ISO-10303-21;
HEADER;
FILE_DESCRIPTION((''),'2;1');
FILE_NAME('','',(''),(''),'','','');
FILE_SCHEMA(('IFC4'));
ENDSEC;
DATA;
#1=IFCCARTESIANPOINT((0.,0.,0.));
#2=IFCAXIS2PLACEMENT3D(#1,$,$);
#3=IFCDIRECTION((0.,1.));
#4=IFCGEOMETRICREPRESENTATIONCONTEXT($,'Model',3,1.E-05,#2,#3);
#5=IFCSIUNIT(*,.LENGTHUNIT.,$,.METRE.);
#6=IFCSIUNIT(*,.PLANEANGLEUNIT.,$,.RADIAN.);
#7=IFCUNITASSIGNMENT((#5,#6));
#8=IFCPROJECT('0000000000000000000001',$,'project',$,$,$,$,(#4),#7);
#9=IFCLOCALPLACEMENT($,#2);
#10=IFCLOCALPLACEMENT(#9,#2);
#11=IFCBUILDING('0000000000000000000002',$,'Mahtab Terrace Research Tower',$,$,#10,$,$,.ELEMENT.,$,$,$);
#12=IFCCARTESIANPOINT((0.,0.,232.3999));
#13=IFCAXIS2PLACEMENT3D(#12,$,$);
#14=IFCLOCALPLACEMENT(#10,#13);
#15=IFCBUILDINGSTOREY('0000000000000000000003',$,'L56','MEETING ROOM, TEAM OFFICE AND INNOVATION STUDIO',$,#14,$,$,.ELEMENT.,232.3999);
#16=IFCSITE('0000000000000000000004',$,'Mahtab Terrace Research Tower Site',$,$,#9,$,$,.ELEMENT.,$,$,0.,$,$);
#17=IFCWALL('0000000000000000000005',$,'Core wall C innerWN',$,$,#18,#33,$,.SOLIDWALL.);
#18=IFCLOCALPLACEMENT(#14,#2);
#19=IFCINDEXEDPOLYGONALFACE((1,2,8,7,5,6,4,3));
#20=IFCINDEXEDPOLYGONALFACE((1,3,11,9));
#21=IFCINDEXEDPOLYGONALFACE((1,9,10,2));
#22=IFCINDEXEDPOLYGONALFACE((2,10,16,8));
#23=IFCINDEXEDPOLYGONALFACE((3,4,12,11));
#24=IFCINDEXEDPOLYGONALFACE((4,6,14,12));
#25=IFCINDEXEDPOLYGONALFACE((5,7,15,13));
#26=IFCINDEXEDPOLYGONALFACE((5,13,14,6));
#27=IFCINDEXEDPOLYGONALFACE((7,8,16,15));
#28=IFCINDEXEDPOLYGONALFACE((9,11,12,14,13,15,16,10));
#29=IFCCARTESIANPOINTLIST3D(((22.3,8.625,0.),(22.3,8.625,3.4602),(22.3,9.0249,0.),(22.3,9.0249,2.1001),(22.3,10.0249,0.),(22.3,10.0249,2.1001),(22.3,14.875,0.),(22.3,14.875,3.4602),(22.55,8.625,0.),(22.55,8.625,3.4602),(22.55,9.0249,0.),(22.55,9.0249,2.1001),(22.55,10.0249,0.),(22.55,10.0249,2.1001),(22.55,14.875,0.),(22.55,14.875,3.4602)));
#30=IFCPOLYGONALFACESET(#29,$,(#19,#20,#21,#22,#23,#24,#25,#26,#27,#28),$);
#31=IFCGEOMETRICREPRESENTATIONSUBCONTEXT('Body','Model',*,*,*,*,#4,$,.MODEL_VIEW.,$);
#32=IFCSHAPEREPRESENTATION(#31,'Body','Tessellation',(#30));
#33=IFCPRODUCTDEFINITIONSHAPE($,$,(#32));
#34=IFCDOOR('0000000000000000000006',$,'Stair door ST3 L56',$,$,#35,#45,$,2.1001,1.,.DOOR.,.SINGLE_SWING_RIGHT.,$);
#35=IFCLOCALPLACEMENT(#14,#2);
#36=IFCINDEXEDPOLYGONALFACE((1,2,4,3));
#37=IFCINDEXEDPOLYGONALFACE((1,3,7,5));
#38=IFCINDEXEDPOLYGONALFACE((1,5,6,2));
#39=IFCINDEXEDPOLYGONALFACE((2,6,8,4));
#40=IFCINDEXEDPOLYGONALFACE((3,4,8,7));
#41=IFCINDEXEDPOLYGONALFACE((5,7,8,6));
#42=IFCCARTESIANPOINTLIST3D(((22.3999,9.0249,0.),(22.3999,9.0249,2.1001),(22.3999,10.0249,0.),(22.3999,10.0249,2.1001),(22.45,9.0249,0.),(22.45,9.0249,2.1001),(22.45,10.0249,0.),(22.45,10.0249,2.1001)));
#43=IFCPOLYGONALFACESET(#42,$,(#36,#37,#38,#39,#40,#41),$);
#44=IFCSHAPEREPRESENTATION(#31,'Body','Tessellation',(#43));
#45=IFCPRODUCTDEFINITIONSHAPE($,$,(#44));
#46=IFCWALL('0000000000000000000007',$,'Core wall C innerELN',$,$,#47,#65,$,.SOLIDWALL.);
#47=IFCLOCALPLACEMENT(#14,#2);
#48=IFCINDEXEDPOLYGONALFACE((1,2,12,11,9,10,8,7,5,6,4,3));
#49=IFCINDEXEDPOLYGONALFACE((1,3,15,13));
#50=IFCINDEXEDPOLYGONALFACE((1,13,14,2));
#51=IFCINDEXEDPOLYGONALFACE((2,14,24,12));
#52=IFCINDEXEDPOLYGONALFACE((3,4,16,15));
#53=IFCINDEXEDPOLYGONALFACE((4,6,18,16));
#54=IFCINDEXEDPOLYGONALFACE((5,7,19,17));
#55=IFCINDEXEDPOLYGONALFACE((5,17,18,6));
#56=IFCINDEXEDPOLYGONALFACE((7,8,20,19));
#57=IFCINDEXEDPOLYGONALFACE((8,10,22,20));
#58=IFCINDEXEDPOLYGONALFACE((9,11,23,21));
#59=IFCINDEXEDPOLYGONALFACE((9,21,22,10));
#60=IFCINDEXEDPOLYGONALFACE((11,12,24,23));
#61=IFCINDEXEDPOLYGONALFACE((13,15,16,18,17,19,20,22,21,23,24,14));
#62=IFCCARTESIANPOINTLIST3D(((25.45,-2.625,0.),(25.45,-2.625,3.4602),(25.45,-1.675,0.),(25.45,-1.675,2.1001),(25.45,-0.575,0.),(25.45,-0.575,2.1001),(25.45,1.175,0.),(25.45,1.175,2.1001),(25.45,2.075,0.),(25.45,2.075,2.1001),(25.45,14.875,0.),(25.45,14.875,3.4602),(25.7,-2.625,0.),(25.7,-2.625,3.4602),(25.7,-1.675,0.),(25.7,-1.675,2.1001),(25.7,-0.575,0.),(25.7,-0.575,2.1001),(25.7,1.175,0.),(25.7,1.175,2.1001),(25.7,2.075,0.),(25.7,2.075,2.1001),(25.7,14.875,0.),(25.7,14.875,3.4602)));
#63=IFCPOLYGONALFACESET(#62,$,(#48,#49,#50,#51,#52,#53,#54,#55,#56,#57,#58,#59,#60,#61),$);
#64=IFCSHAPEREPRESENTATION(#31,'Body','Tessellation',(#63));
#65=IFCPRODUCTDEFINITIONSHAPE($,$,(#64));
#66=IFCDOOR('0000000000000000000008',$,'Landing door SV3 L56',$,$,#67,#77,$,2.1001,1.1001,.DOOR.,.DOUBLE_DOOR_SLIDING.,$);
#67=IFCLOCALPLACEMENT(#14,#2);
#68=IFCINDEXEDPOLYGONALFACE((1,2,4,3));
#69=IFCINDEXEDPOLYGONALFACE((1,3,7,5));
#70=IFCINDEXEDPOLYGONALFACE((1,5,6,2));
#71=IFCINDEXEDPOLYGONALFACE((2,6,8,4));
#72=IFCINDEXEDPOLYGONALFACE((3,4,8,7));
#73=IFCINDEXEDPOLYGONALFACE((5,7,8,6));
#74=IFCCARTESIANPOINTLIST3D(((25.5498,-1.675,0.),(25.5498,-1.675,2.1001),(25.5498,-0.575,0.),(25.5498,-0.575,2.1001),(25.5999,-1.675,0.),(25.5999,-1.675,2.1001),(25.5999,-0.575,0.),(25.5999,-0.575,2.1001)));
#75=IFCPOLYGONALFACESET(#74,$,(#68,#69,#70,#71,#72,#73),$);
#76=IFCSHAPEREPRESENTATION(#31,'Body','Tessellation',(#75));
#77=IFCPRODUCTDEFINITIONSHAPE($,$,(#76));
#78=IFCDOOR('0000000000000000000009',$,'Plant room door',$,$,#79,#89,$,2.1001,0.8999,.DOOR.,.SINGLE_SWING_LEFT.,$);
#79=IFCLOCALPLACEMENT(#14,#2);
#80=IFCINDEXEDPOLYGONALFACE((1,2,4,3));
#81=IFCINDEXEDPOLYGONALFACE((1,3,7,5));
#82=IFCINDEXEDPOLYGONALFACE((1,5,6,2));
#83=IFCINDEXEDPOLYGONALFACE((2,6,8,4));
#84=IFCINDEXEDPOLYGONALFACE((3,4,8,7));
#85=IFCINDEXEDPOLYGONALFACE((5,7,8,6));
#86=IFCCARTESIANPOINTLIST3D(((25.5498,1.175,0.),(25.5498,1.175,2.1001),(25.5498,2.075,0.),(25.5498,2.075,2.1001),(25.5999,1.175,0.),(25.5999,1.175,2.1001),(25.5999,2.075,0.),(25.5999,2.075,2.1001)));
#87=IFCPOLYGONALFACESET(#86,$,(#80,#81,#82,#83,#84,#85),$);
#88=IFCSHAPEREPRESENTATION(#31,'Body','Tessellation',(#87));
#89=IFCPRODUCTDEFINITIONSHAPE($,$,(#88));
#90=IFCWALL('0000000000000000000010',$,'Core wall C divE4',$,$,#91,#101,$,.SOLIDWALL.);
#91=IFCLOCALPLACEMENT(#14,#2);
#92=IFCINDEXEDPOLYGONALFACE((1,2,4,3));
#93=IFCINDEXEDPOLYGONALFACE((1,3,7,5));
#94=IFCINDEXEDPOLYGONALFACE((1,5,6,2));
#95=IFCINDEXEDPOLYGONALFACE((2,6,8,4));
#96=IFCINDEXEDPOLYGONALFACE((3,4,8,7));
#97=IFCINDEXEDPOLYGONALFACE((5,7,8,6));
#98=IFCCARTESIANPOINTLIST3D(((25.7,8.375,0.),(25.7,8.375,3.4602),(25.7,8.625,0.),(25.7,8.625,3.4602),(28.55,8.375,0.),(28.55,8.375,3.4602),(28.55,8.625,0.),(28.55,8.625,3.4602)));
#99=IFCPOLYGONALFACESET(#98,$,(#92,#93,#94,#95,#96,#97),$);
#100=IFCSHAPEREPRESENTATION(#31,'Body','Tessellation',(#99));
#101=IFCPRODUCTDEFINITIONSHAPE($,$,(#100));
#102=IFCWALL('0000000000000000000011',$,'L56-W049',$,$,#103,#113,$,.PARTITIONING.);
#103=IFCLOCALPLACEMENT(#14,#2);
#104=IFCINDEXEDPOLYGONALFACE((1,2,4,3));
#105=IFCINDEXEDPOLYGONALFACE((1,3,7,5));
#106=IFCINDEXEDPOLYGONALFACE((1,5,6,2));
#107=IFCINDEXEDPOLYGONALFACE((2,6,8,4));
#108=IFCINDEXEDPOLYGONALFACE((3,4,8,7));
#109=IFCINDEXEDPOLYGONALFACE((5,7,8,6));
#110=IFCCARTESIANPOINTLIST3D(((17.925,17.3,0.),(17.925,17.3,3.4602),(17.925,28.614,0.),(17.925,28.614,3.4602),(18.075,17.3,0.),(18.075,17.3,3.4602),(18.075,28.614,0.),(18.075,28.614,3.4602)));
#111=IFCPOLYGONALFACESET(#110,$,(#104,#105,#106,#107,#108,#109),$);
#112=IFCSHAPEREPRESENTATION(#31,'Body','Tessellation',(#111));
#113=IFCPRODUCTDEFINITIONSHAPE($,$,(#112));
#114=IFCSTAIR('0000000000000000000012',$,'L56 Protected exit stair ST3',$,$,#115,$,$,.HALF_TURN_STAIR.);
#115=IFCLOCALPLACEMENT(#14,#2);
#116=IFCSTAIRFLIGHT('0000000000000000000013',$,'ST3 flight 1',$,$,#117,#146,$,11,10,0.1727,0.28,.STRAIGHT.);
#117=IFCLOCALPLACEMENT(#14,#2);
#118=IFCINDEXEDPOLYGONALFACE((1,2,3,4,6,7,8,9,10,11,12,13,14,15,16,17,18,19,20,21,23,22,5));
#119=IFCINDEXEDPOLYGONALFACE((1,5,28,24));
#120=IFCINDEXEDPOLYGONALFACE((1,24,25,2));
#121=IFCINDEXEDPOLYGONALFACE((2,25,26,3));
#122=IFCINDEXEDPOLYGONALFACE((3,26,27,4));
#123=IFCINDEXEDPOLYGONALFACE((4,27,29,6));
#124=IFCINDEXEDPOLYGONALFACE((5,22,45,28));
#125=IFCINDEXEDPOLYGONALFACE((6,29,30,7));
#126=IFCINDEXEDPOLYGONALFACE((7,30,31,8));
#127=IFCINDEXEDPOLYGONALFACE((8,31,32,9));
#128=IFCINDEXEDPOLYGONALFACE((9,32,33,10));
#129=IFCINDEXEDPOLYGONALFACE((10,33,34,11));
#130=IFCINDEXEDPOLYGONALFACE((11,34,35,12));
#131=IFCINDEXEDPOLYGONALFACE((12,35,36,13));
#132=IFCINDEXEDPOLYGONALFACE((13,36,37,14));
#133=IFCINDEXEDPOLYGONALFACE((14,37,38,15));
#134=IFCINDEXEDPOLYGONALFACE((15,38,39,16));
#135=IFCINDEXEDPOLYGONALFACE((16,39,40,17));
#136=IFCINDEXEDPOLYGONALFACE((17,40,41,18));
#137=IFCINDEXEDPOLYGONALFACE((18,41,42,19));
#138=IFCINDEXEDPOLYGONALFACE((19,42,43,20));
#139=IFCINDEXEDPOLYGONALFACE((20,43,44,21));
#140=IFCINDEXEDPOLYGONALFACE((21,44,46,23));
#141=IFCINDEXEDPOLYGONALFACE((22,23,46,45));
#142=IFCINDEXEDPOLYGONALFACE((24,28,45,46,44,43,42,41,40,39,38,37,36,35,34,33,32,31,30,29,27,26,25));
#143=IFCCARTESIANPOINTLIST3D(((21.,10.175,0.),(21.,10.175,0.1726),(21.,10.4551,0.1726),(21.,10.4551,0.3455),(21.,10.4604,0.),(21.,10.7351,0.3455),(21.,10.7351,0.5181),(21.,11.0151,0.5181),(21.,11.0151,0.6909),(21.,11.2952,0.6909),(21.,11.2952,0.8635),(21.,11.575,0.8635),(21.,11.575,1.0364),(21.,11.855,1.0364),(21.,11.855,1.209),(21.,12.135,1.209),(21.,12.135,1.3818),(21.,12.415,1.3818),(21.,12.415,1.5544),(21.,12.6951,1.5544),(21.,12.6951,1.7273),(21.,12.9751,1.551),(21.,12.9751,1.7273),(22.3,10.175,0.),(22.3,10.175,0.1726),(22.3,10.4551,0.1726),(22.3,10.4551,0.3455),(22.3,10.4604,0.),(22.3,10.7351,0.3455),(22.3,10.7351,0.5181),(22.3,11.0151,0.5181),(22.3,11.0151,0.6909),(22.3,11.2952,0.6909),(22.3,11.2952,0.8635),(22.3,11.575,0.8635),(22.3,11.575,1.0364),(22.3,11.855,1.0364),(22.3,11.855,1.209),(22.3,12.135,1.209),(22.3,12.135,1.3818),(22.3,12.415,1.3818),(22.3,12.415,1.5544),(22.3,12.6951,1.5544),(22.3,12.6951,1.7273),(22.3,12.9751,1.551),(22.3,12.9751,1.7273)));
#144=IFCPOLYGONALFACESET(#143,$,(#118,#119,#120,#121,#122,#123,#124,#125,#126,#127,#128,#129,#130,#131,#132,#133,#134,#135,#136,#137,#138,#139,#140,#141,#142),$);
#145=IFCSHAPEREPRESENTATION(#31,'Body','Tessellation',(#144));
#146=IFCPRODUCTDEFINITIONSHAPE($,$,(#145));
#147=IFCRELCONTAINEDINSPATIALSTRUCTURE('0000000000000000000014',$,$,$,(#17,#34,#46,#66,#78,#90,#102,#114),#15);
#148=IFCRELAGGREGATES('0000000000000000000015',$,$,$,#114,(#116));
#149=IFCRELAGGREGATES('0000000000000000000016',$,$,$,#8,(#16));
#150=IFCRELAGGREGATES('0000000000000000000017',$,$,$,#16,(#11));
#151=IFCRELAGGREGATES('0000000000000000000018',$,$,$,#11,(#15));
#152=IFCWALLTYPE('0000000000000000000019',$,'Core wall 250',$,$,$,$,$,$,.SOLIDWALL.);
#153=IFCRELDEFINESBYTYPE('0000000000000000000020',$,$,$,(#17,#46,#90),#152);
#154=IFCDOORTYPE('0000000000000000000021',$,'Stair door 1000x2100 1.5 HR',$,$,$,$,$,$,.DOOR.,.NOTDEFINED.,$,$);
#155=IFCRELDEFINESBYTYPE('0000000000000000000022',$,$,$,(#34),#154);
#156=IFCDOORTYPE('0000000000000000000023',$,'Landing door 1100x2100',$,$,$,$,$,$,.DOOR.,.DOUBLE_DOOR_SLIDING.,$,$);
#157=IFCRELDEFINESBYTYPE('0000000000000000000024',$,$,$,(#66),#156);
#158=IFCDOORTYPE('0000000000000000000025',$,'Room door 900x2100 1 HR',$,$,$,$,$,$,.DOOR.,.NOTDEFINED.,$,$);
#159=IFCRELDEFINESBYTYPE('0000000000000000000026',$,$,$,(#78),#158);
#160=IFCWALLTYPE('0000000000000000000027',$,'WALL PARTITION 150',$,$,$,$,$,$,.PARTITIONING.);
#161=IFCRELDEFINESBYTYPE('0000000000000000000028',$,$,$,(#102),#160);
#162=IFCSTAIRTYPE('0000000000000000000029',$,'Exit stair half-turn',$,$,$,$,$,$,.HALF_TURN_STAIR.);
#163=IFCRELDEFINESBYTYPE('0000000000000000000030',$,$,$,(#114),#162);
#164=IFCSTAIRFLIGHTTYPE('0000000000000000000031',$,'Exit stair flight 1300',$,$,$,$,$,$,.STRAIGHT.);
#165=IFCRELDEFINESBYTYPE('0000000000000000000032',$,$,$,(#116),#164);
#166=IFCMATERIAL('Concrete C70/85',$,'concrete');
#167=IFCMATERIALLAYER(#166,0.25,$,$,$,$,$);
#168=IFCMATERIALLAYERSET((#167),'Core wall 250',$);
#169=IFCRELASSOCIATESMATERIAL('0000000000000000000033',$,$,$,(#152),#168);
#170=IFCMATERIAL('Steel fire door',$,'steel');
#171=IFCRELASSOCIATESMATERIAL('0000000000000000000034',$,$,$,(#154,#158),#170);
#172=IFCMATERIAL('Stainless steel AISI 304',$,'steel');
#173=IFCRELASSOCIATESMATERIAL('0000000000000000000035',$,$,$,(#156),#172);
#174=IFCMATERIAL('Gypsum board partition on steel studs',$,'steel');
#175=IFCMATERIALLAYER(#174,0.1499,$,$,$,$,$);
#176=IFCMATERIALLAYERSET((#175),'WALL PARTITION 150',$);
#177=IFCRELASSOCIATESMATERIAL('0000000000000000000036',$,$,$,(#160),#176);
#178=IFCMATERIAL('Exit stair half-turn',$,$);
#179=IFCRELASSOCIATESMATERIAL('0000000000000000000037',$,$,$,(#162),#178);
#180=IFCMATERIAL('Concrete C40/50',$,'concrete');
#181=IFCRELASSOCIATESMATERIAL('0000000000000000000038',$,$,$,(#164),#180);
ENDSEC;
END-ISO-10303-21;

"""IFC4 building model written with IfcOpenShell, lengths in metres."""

from ifc_helpers import new_model, si_unit, direction, frame, frame_2d, origin, place, context, subcontext, project, spatial, polyline, rectangle, outline, extrude, material, layer, layer_set, type_object, element, fill, aggregate, save


model = new_model("IFC4")

# Units and contexts
model_context = context("Model", 3, precision=1e-05, world=origin(), true_north=direction((0.0, 1.0)))
body_context = subcontext(model_context, "Body", "Model", "MODEL_VIEW")
ifc_project = project(units=[si_unit("LENGTHUNIT", "METRE"), si_unit("PLANEANGLEUNIT", "RADIAN")], contexts=[model_context])

# Site, building, storey
site_placement = place(None, origin())
site = spatial("IfcSite", under=ifc_project, at=site_placement, Name="Mahtab Terrace Research Tower Site", CompositionType="ELEMENT", RefElevation=0.0)
building_placement = place(site_placement, origin())
building = spatial("IfcBuilding", under=site, at=building_placement, Name="Mahtab Terrace Research Tower", CompositionType="ELEMENT")
storey_placement = place(building_placement, frame((0.0, 0.0, 232.3999)))
storey = spatial("IfcBuildingStorey", under=building, at=storey_placement, Name="L56", Description="MEETING ROOM, TEAM OFFICE AND INNOVATION STUDIO", CompositionType="ELEMENT", Elevation=232.3999)

# Shared definitions
ifc_material_1 = material(Name="Concrete C70/85", Category="concrete")

# Shared definitions
ifc_layer_1 = layer(ifc_material_1, 0.25)
ifc_layer_set_1 = layer_set([ifc_layer_1], Name="Core wall 250")
wall_type_1 = type_object("IfcWallType", Name="Core wall 250", PredefinedType="SOLIDWALL", material=ifc_layer_set_1)

# Wall, opening, door
ifc_material_2 = material(Name="Steel fire door", Category="steel")
wall_1_placement = place(storey_placement, frame((22.425, 14.875, 0.0), z_axis=(0.0, 0.0, 1.0), x_axis=(0.0, -1.0, 0.0)))
wall_1 = element("IfcWall", 1, at=wall_1_placement, inside=storey, type_object=wall_type_1, Name="Core wall C innerWN", PredefinedType="SOLIDWALL", context=body_context, shape_type="SweptSolid", body=[
    extrude(rectangle(XDim=6.25, YDim=0.25, at=frame_2d((3.125, 0.0))), origin(), (0.0, 0.0, 1.0), 3.4602),
])
opening_1_placement = place(wall_1_placement, frame((4.8501, 0.0, 0.0)))
opening_1 = element("IfcOpeningElement", 2, at=opening_1_placement, cuts=wall_1, PredefinedType="OPENING", context=body_context, shape_type="SweptSolid", body=[
    extrude(rectangle(XDim=1.0, YDim=2.1001, at=frame_2d((0.5, 1.05))), frame((0.0, 0.135, 0.0), z_axis=(0.0, -1.0, 0.0), x_axis=(1.0, 0.0, 0.0)), (0.0, 0.0, 1.0), 0.27),
])
door_type_1 = type_object("IfcDoorType", Name="Stair door 1000x2100 1.5 HR", OperationType="NOTDEFINED", PredefinedType="DOOR", material=ifc_material_2)
door_1_placement = place(opening_1_placement, origin())
door_1 = element("IfcDoor", 3, at=door_1_placement, inside=storey, type_object=door_type_1, Name="Stair door ST3 L56", OperationType="SINGLE_SWING_RIGHT", OverallHeight=2.1001, OverallWidth=1.0, PredefinedType="DOOR", context=body_context, shape_type="SweptSolid", body=[
    extrude(rectangle(XDim=1.0, YDim=2.1001, at=frame_2d((0.5, 1.05))), frame((0.0, 0.0249, 0.0), z_axis=(0.0, -1.0, 0.0), x_axis=(1.0, 0.0, 0.0)), (0.0, 0.0, 1.0), 0.05),
])
fill(opening_1, door_1)

# Wall, openings, doors
wall_2_placement = place(storey_placement, frame((25.575, 14.875, 0.0), z_axis=(0.0, 0.0, 1.0), x_axis=(0.0, -1.0, 0.0)))
wall_2 = element("IfcWall", 4, at=wall_2_placement, inside=storey, type_object=wall_type_1, Name="Core wall C innerELN", PredefinedType="SOLIDWALL", context=body_context, shape_type="SweptSolid", body=[
    extrude(rectangle(XDim=17.5, YDim=0.25, at=frame_2d((8.75, 0.0))), origin(), (0.0, 0.0, 1.0), 3.4602),
])
opening_2_placement = place(wall_2_placement, frame((15.45, 0.0, 0.0)))
opening_2 = element("IfcOpeningElement", 5, at=opening_2_placement, cuts=wall_2, PredefinedType="OPENING", context=body_context, shape_type="SweptSolid", body=[
    extrude(rectangle(XDim=1.1001, YDim=2.1001, at=frame_2d((0.55, 1.05))), frame((0.0, 0.135, 0.0), z_axis=(0.0, -1.0, 0.0), x_axis=(1.0, 0.0, 0.0)), (0.0, 0.0, 1.0), 0.27),
])
opening_3_placement = place(wall_2_placement, frame((12.8, 0.0, 0.0)))
opening_3 = element("IfcOpeningElement", 6, at=opening_3_placement, cuts=wall_2, PredefinedType="OPENING", context=body_context, shape_type="SweptSolid", body=[
    extrude(rectangle(XDim=0.8999, YDim=2.1001, at=frame_2d((0.45, 1.05))), frame((0.0, 0.135, 0.0), z_axis=(0.0, -1.0, 0.0), x_axis=(1.0, 0.0, 0.0)), (0.0, 0.0, 1.0), 0.27),
])
ifc_material_3 = material(Name="Stainless steel AISI 304", Category="steel")
door_type_2 = type_object("IfcDoorType", Name="Landing door 1100x2100", OperationType="DOUBLE_DOOR_SLIDING", PredefinedType="DOOR", material=ifc_material_3)
door_2_placement = place(opening_2_placement, origin())
door_2 = element("IfcDoor", 7, at=door_2_placement, inside=storey, type_object=door_type_2, Name="Landing door SV3 L56", OperationType="DOUBLE_DOOR_SLIDING", OverallHeight=2.1001, OverallWidth=1.1001, PredefinedType="DOOR", context=body_context, shape_type="SweptSolid", body=[
    extrude(rectangle(XDim=1.1001, YDim=2.1001, at=frame_2d((0.55, 1.05))), frame((0.0, 0.0249, 0.0), z_axis=(0.0, -1.0, 0.0), x_axis=(1.0, 0.0, 0.0)), (0.0, 0.0, 1.0), 0.05),
])
fill(opening_2, door_2)
door_type_3 = type_object("IfcDoorType", Name="Room door 900x2100 1 HR", OperationType="NOTDEFINED", PredefinedType="DOOR", material=ifc_material_2)
door_3_placement = place(opening_3_placement, origin())
door_3 = element("IfcDoor", 8, at=door_3_placement, inside=storey, type_object=door_type_3, Name="Plant room door", OperationType="SINGLE_SWING_LEFT", OverallHeight=2.1001, OverallWidth=0.8999, PredefinedType="DOOR", context=body_context, shape_type="SweptSolid", body=[
    extrude(rectangle(XDim=0.8999, YDim=2.1001, at=frame_2d((0.45, 1.05))), frame((0.0, 0.0249, 0.0), z_axis=(0.0, -1.0, 0.0), x_axis=(1.0, 0.0, 0.0)), (0.0, 0.0, 1.0), 0.05),
])
fill(opening_3, door_3)

# Walls
wall_3_placement = place(storey_placement, frame((25.7, 8.5, 0.0), z_axis=(0.0, 0.0, 1.0), x_axis=(1.0, 0.0, 0.0)))
element("IfcWall", 9, at=wall_3_placement, inside=storey, type_object=wall_type_1, Name="Core wall C divE4", PredefinedType="SOLIDWALL", context=body_context, shape_type="SweptSolid", body=[
    extrude(rectangle(XDim=2.8501, YDim=0.25, at=frame_2d((1.425, 0.0))), origin(), (0.0, 0.0, 1.0), 3.4602),
])
ifc_material_4 = material(Name="Gypsum board partition on steel studs", Category="steel")
ifc_layer_2 = layer(ifc_material_4, 0.1499)
ifc_layer_set_2 = layer_set([ifc_layer_2], Name="WALL PARTITION 150")
wall_type_2 = type_object("IfcWallType", Name="WALL PARTITION 150", PredefinedType="PARTITIONING", material=ifc_layer_set_2)
wall_4_placement = place(storey_placement, frame((18.0, 17.3, 0.0), z_axis=(0.0, 0.0, 1.0), x_axis=(0.0, 1.0, 0.0)))
element("IfcWall", 10, at=wall_4_placement, inside=storey, type_object=wall_type_2, Name="L56-W049", PredefinedType="PARTITIONING", context=body_context, shape_type="SweptSolid", body=[
    extrude(rectangle(XDim=11.314, YDim=0.1499, at=frame_2d((5.657, 0.0))), origin(), (0.0, 0.0, 1.0), 3.4602),
])

# Stair, stair flight
ifc_material_5 = material(Name="Exit stair half-turn")
stair_type = type_object("IfcStairType", Name="Exit stair half-turn", PredefinedType="HALF_TURN_STAIR", material=ifc_material_5)
stair_placement = place(storey_placement, origin())
stair = element("IfcStair", 11, at=stair_placement, inside=storey, type_object=stair_type, Name="L56 Protected exit stair ST3", PredefinedType="HALF_TURN_STAIR")
ifc_material_6 = material(Name="Concrete C40/50", Category="concrete")
stair_flight_type = type_object("IfcStairFlightType", Name="Exit stair flight 1300", PredefinedType="STRAIGHT", material=ifc_material_6)
stair_flight_1_placement = place(storey_placement, frame((21.6499, 10.175, 0.0), z_axis=(0.0, 0.0, 1.0), x_axis=(0.0, 1.0, 0.0)))
stair_flight_1 = element("IfcStairFlight", 12, at=stair_flight_1_placement, type_object=stair_flight_type, Name="ST3 flight 1", NumberOfRisers=11, NumberOfTreads=10, PredefinedType="STRAIGHT", RiserHeight=0.1727, TreadLength=0.28, context=body_context, shape_type="SweptSolid", body=[
    extrude(outline(polyline([(0.0, 0.0), (0.0, 0.1726), (0.28, 0.1726), (0.28, 0.3455), (0.5601, 0.3455), (0.5601, 0.5181), (0.8401, 0.5181), (0.8401, 0.6909), (1.1201, 0.6909), (1.1201, 0.8635), (1.3999, 0.8635), (1.3999, 1.0364), (1.6799, 1.0364), (1.6799, 1.209), (1.96, 1.209), (1.96, 1.3818), (2.24, 1.3818), (2.24, 1.5544), (2.52, 1.5544), (2.52, 1.7273), (2.8, 1.7273), (2.8, 1.8999), (2.8, 1.551), (0.2854, 0.0), (0.0, 0.0)])), frame((0.0, 0.6499, 0.0), z_axis=(0.0, -1.0, 0.0), x_axis=(1.0, 0.0, 0.0)), (0.0, 0.0, 1.0), 1.3),
])
aggregate(stair, [stair_flight_1])

save(model, "model.ifc")
